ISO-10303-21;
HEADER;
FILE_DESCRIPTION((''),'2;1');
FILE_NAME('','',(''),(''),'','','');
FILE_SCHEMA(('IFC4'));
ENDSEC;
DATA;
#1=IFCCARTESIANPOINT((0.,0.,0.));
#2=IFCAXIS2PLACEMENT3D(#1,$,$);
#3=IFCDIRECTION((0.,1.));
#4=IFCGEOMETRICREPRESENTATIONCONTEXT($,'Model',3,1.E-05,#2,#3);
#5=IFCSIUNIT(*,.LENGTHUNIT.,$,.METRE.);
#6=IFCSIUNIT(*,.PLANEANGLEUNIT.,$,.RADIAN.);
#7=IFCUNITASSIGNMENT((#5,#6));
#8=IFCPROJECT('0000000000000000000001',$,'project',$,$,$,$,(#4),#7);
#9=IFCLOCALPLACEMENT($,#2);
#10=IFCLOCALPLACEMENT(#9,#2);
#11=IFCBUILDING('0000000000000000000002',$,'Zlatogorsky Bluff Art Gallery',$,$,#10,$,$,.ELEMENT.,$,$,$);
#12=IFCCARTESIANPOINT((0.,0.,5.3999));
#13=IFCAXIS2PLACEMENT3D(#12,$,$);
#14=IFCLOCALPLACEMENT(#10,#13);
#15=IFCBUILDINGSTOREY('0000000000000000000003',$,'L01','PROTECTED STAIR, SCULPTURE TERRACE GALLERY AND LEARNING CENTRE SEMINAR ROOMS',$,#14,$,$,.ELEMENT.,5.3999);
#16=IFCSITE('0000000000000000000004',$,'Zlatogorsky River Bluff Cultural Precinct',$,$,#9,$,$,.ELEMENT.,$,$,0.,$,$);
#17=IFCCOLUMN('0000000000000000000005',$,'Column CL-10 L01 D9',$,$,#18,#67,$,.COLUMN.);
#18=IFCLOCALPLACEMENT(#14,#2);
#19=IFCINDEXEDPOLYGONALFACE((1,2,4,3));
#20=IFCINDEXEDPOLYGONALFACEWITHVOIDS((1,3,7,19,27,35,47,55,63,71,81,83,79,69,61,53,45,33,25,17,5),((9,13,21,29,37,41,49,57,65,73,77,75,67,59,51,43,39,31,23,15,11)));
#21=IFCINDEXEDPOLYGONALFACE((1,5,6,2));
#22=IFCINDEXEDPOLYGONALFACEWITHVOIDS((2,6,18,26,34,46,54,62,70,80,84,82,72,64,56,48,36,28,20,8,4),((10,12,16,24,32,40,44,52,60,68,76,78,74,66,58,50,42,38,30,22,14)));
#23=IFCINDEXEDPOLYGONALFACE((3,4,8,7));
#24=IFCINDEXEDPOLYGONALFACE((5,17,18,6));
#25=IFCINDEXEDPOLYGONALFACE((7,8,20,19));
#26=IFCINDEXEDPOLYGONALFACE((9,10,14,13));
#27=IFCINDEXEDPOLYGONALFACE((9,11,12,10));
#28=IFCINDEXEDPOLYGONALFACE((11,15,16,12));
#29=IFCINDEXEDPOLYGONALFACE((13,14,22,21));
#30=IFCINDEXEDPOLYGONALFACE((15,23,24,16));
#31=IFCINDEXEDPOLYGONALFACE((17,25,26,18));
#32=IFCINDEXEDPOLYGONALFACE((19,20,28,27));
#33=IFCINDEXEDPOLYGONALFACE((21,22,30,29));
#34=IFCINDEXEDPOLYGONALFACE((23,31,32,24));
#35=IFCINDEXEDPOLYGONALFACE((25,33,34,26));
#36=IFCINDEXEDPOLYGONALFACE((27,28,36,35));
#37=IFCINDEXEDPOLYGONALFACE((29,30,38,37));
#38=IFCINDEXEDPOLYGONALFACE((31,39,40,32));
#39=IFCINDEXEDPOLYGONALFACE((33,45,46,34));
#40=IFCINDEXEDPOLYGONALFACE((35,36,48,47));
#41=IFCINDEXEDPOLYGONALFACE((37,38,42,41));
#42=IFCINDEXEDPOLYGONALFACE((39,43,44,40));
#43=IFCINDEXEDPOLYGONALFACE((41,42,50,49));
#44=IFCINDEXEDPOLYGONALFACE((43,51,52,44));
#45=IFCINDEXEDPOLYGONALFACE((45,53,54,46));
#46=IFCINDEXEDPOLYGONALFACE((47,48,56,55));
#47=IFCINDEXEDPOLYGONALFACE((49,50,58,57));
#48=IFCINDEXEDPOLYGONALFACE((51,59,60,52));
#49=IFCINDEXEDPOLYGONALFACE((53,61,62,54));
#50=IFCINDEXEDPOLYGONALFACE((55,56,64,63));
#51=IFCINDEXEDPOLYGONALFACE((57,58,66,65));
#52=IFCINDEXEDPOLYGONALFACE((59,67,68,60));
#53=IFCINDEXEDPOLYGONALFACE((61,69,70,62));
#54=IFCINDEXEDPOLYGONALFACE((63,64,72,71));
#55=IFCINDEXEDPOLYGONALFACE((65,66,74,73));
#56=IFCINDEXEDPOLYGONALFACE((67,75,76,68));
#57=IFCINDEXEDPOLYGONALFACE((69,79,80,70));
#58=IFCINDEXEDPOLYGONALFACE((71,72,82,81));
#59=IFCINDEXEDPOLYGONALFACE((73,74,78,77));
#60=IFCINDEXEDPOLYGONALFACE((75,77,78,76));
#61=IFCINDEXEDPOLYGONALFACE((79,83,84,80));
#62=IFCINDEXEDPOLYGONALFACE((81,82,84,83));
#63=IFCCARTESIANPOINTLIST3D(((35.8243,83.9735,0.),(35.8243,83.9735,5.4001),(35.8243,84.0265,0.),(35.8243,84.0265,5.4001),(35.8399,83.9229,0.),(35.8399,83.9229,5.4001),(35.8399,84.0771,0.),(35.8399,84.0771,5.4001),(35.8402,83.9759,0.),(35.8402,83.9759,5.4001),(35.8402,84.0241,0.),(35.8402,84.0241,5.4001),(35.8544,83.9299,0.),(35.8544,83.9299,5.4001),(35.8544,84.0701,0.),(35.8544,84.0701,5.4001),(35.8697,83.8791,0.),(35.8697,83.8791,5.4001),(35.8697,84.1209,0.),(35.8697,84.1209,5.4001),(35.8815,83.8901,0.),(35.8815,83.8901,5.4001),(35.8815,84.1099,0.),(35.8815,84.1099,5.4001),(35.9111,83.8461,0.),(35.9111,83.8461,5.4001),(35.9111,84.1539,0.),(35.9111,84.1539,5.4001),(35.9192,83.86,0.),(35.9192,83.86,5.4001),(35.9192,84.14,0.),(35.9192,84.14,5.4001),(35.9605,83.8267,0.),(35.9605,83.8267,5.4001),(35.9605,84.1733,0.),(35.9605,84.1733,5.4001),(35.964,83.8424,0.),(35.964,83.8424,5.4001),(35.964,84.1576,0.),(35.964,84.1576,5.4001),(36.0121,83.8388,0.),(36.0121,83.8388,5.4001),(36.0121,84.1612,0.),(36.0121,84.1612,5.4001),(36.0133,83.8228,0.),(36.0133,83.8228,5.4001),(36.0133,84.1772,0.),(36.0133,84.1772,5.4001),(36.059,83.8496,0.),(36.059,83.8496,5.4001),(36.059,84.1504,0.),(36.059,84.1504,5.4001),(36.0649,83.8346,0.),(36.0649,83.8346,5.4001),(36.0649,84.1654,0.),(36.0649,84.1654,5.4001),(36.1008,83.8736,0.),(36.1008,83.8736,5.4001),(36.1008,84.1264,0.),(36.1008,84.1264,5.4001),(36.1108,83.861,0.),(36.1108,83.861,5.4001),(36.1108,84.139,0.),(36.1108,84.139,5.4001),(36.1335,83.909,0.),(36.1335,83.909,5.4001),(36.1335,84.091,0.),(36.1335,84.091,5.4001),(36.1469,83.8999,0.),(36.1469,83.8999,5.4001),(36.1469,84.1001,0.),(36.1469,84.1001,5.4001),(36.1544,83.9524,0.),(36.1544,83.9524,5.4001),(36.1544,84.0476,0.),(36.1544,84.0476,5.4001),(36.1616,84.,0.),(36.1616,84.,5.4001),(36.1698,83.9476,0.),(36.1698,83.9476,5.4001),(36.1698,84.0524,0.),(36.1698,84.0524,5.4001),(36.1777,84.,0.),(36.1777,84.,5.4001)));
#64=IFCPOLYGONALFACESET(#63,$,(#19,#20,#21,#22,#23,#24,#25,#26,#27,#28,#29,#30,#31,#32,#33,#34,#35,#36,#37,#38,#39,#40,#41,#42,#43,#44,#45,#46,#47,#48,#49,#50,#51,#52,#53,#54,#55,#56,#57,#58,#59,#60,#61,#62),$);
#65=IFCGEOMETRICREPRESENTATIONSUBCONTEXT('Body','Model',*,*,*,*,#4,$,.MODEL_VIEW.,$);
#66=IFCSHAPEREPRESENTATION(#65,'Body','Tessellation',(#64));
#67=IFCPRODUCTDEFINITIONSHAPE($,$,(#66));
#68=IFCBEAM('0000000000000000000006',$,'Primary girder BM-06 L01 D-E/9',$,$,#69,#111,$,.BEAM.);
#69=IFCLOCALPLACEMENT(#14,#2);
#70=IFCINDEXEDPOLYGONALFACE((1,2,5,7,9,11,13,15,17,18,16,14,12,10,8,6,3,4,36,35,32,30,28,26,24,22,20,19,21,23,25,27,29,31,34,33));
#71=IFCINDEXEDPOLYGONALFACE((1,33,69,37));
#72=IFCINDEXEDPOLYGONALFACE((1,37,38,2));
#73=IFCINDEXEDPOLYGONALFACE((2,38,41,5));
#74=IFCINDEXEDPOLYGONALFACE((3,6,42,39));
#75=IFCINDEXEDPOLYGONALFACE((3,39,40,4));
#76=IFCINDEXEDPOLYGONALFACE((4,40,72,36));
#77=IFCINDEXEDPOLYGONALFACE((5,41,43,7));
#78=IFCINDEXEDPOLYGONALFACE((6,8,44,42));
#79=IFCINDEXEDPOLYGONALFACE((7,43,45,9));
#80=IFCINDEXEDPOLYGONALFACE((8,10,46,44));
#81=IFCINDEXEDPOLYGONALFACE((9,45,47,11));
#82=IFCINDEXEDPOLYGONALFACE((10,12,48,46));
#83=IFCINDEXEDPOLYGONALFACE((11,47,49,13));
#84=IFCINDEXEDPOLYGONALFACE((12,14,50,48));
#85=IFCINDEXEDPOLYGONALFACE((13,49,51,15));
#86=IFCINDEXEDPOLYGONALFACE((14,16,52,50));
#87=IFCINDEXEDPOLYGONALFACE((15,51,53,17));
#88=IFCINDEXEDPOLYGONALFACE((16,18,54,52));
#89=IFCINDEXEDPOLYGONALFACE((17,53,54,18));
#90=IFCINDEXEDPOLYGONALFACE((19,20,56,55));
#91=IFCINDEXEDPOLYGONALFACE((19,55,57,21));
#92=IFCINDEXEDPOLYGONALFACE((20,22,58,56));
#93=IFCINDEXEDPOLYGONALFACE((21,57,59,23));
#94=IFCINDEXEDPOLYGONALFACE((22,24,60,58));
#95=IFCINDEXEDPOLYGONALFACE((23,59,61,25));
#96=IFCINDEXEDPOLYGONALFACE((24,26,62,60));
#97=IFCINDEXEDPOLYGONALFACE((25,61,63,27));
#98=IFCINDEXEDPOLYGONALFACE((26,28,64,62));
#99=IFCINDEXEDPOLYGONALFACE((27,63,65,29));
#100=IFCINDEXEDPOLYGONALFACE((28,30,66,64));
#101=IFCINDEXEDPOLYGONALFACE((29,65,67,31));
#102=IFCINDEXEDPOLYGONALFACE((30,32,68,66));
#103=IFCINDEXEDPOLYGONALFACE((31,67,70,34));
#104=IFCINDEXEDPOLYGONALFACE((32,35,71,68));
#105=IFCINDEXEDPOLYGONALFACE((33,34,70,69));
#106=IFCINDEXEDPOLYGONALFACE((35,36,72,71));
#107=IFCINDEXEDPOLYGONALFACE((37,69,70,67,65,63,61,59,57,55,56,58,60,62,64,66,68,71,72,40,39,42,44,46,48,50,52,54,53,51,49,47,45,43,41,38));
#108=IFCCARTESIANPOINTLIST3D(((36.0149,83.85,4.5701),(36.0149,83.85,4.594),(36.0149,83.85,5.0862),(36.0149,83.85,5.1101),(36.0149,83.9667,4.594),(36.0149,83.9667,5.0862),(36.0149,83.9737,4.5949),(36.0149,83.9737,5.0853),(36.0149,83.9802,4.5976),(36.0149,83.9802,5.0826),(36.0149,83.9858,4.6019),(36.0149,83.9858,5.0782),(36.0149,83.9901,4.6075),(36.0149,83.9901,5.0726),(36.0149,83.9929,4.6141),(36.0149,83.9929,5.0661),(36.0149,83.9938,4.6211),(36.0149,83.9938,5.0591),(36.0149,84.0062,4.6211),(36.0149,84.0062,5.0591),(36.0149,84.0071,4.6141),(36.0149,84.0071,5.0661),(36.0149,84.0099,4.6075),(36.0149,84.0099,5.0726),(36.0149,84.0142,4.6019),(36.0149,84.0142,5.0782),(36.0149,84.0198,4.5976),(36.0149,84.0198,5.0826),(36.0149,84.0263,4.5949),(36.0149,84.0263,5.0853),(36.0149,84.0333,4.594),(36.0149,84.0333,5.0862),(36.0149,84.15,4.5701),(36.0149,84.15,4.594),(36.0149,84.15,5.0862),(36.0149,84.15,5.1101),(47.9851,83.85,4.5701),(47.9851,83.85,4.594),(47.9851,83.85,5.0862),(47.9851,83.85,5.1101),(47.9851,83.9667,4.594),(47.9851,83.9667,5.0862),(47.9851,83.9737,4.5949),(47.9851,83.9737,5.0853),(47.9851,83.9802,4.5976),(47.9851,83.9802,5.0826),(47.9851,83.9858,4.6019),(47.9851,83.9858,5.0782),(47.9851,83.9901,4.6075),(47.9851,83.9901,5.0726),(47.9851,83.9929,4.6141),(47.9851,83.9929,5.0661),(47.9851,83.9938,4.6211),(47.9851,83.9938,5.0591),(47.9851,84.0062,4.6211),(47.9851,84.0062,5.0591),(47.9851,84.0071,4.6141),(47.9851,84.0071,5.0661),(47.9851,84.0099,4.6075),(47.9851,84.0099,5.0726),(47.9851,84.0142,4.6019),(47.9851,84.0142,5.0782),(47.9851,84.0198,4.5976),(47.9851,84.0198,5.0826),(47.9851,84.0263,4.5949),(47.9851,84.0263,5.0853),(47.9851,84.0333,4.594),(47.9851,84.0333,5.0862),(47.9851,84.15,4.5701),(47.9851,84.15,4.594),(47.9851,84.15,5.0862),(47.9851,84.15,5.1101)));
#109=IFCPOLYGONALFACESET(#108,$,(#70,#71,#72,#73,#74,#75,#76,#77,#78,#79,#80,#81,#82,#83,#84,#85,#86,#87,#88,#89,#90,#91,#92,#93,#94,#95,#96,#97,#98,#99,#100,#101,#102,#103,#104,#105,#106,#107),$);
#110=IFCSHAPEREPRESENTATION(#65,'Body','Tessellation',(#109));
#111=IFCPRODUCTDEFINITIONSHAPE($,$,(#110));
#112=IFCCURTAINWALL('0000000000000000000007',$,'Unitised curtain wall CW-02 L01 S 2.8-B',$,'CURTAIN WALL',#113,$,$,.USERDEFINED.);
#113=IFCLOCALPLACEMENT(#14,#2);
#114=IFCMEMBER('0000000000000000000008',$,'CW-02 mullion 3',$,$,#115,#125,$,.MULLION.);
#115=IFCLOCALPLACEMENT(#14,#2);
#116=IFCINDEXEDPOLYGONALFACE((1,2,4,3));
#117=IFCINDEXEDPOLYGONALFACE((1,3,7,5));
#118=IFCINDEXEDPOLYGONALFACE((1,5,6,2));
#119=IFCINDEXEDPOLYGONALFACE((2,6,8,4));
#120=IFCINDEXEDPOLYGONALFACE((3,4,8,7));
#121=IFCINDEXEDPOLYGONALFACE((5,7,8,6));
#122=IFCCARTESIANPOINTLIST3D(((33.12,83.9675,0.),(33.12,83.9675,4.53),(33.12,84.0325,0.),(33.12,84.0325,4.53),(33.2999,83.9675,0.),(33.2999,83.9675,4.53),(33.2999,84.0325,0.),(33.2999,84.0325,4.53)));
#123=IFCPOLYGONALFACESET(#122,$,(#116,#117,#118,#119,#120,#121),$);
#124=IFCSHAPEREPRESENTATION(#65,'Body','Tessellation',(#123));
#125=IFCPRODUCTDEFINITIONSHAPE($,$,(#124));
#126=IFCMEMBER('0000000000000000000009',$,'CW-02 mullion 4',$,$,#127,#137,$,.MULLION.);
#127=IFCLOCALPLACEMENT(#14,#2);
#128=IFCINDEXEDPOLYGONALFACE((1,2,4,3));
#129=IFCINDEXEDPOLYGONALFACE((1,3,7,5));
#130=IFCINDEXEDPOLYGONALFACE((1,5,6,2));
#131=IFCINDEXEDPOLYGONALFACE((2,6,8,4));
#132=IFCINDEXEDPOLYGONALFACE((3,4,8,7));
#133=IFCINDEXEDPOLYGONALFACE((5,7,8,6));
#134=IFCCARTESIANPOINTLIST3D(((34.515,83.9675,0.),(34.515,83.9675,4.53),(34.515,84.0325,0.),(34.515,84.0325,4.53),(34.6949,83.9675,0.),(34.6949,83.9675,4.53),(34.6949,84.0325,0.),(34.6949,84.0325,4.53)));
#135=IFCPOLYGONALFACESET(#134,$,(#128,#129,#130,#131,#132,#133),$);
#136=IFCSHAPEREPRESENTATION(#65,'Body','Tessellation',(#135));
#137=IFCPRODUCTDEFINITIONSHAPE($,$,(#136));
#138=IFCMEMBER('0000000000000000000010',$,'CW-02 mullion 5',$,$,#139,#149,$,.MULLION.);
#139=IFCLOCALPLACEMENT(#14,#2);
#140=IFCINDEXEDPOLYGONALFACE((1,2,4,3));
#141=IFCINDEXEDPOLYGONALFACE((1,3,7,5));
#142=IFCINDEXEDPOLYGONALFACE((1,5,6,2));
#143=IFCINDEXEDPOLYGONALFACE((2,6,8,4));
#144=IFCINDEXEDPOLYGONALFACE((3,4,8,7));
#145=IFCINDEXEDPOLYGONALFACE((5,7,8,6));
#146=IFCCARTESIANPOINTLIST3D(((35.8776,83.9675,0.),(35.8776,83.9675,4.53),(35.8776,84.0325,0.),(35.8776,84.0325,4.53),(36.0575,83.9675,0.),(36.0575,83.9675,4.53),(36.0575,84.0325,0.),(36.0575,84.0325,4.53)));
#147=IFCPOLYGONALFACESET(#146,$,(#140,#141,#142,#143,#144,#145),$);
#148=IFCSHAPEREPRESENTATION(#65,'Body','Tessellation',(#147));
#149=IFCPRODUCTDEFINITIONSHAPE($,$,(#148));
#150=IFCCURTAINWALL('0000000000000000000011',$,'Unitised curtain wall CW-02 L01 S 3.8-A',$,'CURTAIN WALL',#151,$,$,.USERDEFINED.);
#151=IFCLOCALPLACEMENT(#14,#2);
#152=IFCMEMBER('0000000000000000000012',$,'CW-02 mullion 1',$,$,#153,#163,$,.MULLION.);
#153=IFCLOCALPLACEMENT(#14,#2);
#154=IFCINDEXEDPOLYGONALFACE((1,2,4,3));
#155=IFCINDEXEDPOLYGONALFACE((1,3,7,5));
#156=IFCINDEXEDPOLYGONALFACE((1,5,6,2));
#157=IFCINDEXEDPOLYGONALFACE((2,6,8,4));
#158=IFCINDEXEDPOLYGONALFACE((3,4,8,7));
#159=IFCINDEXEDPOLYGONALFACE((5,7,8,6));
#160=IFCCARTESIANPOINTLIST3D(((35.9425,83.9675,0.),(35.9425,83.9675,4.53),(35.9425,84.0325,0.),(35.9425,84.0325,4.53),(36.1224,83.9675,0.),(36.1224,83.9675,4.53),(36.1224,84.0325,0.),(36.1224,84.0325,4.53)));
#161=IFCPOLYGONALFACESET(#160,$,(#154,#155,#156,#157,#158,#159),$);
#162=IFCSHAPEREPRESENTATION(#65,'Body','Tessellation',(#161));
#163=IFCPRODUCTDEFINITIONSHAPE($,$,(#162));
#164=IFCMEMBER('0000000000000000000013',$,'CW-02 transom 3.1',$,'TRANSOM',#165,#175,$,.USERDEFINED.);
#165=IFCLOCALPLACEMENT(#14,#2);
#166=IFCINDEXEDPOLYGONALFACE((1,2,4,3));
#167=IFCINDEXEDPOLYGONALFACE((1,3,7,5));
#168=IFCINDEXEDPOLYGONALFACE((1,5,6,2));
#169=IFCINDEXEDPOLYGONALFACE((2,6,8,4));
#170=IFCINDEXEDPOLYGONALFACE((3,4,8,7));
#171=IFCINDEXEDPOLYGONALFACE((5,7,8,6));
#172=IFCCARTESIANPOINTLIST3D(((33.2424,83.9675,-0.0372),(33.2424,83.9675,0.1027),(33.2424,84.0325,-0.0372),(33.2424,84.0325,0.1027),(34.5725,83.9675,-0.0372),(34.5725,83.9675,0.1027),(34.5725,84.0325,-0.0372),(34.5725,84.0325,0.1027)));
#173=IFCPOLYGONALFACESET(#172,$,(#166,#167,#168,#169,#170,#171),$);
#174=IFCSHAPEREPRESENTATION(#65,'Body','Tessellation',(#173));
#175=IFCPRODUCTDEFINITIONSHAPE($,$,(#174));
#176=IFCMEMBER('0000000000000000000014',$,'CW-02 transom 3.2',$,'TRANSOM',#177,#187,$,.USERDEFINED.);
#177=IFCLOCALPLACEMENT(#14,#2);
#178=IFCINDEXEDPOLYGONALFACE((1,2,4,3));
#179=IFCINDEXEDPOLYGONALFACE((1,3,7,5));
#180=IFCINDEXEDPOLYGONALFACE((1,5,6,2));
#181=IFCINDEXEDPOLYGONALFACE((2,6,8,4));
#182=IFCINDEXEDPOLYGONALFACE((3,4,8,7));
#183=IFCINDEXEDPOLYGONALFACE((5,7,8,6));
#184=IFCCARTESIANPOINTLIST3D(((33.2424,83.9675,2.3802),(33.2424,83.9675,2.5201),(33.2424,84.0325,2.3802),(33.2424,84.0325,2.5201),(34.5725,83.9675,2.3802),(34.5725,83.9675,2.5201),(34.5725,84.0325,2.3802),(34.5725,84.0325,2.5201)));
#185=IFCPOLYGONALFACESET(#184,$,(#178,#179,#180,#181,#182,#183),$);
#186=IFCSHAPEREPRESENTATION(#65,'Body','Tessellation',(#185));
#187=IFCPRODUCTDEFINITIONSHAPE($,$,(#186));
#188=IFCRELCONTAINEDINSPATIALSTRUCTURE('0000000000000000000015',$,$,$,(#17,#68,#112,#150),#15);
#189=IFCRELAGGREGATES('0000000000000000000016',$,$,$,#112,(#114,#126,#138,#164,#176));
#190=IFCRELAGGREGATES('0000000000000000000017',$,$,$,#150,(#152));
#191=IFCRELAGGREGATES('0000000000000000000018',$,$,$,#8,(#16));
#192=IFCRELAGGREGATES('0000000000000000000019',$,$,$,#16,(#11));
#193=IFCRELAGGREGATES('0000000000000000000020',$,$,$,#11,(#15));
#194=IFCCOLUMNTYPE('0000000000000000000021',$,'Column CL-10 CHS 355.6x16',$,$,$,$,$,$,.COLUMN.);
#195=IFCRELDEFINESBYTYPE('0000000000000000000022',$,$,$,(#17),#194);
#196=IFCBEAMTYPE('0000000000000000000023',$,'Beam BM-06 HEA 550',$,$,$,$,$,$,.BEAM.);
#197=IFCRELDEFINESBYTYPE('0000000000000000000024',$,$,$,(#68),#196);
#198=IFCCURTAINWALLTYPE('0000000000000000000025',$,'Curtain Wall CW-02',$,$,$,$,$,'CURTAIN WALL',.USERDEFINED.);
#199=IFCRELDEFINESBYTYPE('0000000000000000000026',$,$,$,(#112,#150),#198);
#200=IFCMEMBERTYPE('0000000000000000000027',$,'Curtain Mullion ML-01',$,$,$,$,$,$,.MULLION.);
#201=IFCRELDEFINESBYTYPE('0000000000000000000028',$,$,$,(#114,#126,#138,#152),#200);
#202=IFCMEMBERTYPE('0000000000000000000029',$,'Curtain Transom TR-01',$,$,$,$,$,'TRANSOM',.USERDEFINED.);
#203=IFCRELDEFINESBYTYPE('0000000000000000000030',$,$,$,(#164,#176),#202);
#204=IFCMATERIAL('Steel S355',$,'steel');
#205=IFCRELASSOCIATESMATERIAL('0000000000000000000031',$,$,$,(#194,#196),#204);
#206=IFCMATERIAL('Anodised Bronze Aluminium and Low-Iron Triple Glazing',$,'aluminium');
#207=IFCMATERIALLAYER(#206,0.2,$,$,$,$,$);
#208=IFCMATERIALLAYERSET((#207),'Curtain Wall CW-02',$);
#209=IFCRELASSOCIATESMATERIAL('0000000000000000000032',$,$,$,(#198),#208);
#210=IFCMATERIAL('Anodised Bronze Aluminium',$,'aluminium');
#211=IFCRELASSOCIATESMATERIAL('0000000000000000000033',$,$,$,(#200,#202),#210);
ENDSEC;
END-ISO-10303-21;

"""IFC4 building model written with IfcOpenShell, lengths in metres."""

from ifc_helpers import new_model, si_unit, direction, frame, origin, origin_2d, place, context, subcontext, project, spatial, rectangle, hollow_circle, i_section, extrude, material, layer, layer_set, material_profile, profile_set, type_object, element, aggregate, save


model = new_model("IFC4")

# Units and contexts
model_context = context("Model", 3, precision=1e-05, world=origin(), true_north=direction((0.0, 1.0)))
body_context = subcontext(model_context, "Body", "Model", "MODEL_VIEW")
ifc_project = project(units=[si_unit("LENGTHUNIT", "METRE"), si_unit("PLANEANGLEUNIT", "RADIAN")], contexts=[model_context])

# Site, building, storey
site_placement = place(None, origin())
site = spatial("IfcSite", under=ifc_project, at=site_placement, Name="Zlatogorsky River Bluff Cultural Precinct", CompositionType="ELEMENT", RefElevation=0.0)
building_placement = place(site_placement, origin())
building = spatial("IfcBuilding", under=site, at=building_placement, Name="Zlatogorsky Bluff Art Gallery", CompositionType="ELEMENT")
storey_placement = place(building_placement, frame((0.0, 0.0, 5.3999)))
storey = spatial("IfcBuildingStorey", under=building, at=storey_placement, Name="L01", Description="PROTECTED STAIR, SCULPTURE TERRACE GALLERY AND LEARNING CENTRE SEMINAR ROOMS", CompositionType="ELEMENT", Elevation=5.3999)

# Column
ifc_material_1 = material(Name="Steel S355", Category="steel")
ifc_material_profile_1 = material_profile(ifc_material_1, hollow_circle(Radius=0.1777, WallThickness=0.0161, at=origin_2d()), Name="CHS 355.6x16")
ifc_profile_set_1 = profile_set([ifc_material_profile_1], Name="Steel S355")
column_type = type_object("IfcColumnType", Name="Column CL-10 CHS 355.6x16", PredefinedType="COLUMN", material=ifc_profile_set_1)
column_placement = place(storey_placement, frame((36.0, 84.0, 0.0), z_axis=(0.0, 0.0, 1.0), x_axis=(1.0, 0.0, 0.0)))
element("IfcColumn", 1, at=column_placement, inside=storey, type_object=column_type, Name="Column CL-10 L01 D9", PredefinedType="COLUMN", context=body_context, shape_type="SweptSolid", body=[
    extrude(hollow_circle(Radius=0.1777, WallThickness=0.0161, at=origin_2d()), origin(), (0.0, 0.0, 1.0), 5.4001),
])

# Beam
ifc_material_profile_2 = material_profile(ifc_material_1, i_section(OverallWidth=0.3, OverallDepth=0.54, WebThickness=0.0125, FlangeThickness=0.0239, FilletRadius=0.0271, at=origin_2d()), Name="HEA 550")
ifc_profile_set_2 = profile_set([ifc_material_profile_2], Name="Steel S355")
beam_type = type_object("IfcBeamType", Name="Beam BM-06 HEA 550", PredefinedType="BEAM", material=ifc_profile_set_2)
beam_placement = place(storey_placement, frame((36.0149, 84.0, 4.8401), z_axis=(1.0, 0.0, 0.0), x_axis=(0.0, 1.0, 0.0)))
element("IfcBeam", 2, at=beam_placement, inside=storey, type_object=beam_type, Name="Primary girder BM-06 L01 D-E/9", PredefinedType="BEAM", context=body_context, shape_type="SweptSolid", body=[
    extrude(i_section(OverallWidth=0.3, OverallDepth=0.54, WebThickness=0.0125, FlangeThickness=0.0239, FilletRadius=0.0271, at=origin_2d()), origin(), (0.0, 0.0, 1.0), 11.9702),
])

# Curtain wall, members
ifc_material_2 = material(Name="Anodised Bronze Aluminium and Low-Iron Triple Glazing", Category="aluminium")
ifc_layer_1 = layer(ifc_material_2, 0.2)
ifc_layer_set_1 = layer_set([ifc_layer_1], Name="Curtain Wall CW-02")
curtain_wall_type = type_object("IfcCurtainWallType", Name="Curtain Wall CW-02", ElementType="CURTAIN WALL", PredefinedType="USERDEFINED", material=ifc_layer_set_1)
curtain_wall_1_placement = place(storey_placement, origin())
curtain_wall_1 = element("IfcCurtainWall", 3, at=curtain_wall_1_placement, inside=storey, type_object=curtain_wall_type, Name="Unitised curtain wall CW-02 L01 S 2.8-B", ObjectType="CURTAIN WALL", PredefinedType="USERDEFINED")
ifc_material_3 = material(Name="Anodised Bronze Aluminium", Category="aluminium")
ifc_material_profile_3 = material_profile(ifc_material_3, rectangle(XDim=0.0649, YDim=0.1799, at=origin_2d()), Name="ALU MULLION 65x180")
ifc_profile_set_3 = profile_set([ifc_material_profile_3], Name="Anodised Bronze Aluminium")
member_type_1 = type_object("IfcMemberType", Name="Curtain Mullion ML-01", PredefinedType="MULLION", material=ifc_profile_set_3)
member_1_placement = place(storey_placement, frame((33.21, 84.0, 0.0), z_axis=(0.0, 0.0, 1.0), x_axis=(0.0, 1.0, 0.0)))
member_1 = element("IfcMember", 4, at=member_1_placement, type_object=member_type_1, Name="CW-02 mullion 3", PredefinedType="MULLION", context=body_context, shape_type="SweptSolid", body=[
    extrude(rectangle(XDim=0.0649, YDim=0.1799, at=origin_2d()), origin(), (0.0, 0.0, 1.0), 4.53),
])
member_2_placement = place(storey_placement, frame((34.605, 84.0, 0.0), z_axis=(0.0, 0.0, 1.0), x_axis=(0.0, 1.0, 0.0)))
member_2 = element("IfcMember", 5, at=member_2_placement, type_object=member_type_1, Name="CW-02 mullion 4", PredefinedType="MULLION", context=body_context, shape_type="SweptSolid", body=[
    extrude(rectangle(XDim=0.0649, YDim=0.1799, at=origin_2d()), origin(), (0.0, 0.0, 1.0), 4.53),
])
member_3_placement = place(storey_placement, frame((35.9675, 84.0, 0.0), z_axis=(0.0, 0.0, 1.0), x_axis=(0.0, 1.0, 0.0)))
member_3 = element("IfcMember", 6, at=member_3_placement, type_object=member_type_1, Name="CW-02 mullion 5", PredefinedType="MULLION", context=body_context, shape_type="SweptSolid", body=[
    extrude(rectangle(XDim=0.0649, YDim=0.1799, at=origin_2d()), origin(), (0.0, 0.0, 1.0), 4.53),
])

# Curtain wall, member
curtain_wall_2_placement = place(storey_placement, origin())
curtain_wall_2 = element("IfcCurtainWall", 7, at=curtain_wall_2_placement, inside=storey, type_object=curtain_wall_type, Name="Unitised curtain wall CW-02 L01 S 3.8-A", ObjectType="CURTAIN WALL", PredefinedType="USERDEFINED")
member_4_placement = place(storey_placement, frame((36.0325, 84.0, 0.0), z_axis=(0.0, 0.0, 1.0), x_axis=(0.0, 1.0, 0.0)))
member_4 = element("IfcMember", 8, at=member_4_placement, type_object=member_type_1, Name="CW-02 mullion 1", PredefinedType="MULLION", context=body_context, shape_type="SweptSolid", body=[
    extrude(rectangle(XDim=0.0649, YDim=0.1799, at=origin_2d()), origin(), (0.0, 0.0, 1.0), 4.53),
])

# Members
ifc_material_profile_4 = material_profile(ifc_material_3, rectangle(XDim=0.0649, YDim=0.1399, at=origin_2d()), Name="ALU TRANSOM 65x140")
ifc_profile_set_4 = profile_set([ifc_material_profile_4], Name="Anodised Bronze Aluminium")
member_type_2 = type_object("IfcMemberType", Name="Curtain Transom TR-01", ElementType="TRANSOM", PredefinedType="USERDEFINED", material=ifc_profile_set_4)
member_5_placement = place(storey_placement, frame((33.2424, 84.0, 0.0327), z_axis=(1.0, 0.0, 0.0), x_axis=(0.0, 1.0, 0.0)))
member_5 = element("IfcMember", 9, at=member_5_placement, type_object=member_type_2, Name="CW-02 transom 3.1", ObjectType="TRANSOM", PredefinedType="USERDEFINED", context=body_context, shape_type="SweptSolid", body=[
    extrude(rectangle(XDim=0.0649, YDim=0.1399, at=origin_2d()), origin(), (0.0, 0.0, 1.0), 1.3301),
])
member_6_placement = place(storey_placement, frame((33.2424, 84.0, 2.4502), z_axis=(1.0, 0.0, 0.0), x_axis=(0.0, 1.0, 0.0)))
member_6 = element("IfcMember", 10, at=member_6_placement, type_object=member_type_2, Name="CW-02 transom 3.2", ObjectType="TRANSOM", PredefinedType="USERDEFINED", context=body_context, shape_type="SweptSolid", body=[
    extrude(rectangle(XDim=0.0649, YDim=0.1399, at=origin_2d()), origin(), (0.0, 0.0, 1.0), 1.3301),
])

aggregate(curtain_wall_1, [member_1, member_2, member_3, member_5, member_6])
aggregate(curtain_wall_2, [member_4])

save(model, "model.ifc")
